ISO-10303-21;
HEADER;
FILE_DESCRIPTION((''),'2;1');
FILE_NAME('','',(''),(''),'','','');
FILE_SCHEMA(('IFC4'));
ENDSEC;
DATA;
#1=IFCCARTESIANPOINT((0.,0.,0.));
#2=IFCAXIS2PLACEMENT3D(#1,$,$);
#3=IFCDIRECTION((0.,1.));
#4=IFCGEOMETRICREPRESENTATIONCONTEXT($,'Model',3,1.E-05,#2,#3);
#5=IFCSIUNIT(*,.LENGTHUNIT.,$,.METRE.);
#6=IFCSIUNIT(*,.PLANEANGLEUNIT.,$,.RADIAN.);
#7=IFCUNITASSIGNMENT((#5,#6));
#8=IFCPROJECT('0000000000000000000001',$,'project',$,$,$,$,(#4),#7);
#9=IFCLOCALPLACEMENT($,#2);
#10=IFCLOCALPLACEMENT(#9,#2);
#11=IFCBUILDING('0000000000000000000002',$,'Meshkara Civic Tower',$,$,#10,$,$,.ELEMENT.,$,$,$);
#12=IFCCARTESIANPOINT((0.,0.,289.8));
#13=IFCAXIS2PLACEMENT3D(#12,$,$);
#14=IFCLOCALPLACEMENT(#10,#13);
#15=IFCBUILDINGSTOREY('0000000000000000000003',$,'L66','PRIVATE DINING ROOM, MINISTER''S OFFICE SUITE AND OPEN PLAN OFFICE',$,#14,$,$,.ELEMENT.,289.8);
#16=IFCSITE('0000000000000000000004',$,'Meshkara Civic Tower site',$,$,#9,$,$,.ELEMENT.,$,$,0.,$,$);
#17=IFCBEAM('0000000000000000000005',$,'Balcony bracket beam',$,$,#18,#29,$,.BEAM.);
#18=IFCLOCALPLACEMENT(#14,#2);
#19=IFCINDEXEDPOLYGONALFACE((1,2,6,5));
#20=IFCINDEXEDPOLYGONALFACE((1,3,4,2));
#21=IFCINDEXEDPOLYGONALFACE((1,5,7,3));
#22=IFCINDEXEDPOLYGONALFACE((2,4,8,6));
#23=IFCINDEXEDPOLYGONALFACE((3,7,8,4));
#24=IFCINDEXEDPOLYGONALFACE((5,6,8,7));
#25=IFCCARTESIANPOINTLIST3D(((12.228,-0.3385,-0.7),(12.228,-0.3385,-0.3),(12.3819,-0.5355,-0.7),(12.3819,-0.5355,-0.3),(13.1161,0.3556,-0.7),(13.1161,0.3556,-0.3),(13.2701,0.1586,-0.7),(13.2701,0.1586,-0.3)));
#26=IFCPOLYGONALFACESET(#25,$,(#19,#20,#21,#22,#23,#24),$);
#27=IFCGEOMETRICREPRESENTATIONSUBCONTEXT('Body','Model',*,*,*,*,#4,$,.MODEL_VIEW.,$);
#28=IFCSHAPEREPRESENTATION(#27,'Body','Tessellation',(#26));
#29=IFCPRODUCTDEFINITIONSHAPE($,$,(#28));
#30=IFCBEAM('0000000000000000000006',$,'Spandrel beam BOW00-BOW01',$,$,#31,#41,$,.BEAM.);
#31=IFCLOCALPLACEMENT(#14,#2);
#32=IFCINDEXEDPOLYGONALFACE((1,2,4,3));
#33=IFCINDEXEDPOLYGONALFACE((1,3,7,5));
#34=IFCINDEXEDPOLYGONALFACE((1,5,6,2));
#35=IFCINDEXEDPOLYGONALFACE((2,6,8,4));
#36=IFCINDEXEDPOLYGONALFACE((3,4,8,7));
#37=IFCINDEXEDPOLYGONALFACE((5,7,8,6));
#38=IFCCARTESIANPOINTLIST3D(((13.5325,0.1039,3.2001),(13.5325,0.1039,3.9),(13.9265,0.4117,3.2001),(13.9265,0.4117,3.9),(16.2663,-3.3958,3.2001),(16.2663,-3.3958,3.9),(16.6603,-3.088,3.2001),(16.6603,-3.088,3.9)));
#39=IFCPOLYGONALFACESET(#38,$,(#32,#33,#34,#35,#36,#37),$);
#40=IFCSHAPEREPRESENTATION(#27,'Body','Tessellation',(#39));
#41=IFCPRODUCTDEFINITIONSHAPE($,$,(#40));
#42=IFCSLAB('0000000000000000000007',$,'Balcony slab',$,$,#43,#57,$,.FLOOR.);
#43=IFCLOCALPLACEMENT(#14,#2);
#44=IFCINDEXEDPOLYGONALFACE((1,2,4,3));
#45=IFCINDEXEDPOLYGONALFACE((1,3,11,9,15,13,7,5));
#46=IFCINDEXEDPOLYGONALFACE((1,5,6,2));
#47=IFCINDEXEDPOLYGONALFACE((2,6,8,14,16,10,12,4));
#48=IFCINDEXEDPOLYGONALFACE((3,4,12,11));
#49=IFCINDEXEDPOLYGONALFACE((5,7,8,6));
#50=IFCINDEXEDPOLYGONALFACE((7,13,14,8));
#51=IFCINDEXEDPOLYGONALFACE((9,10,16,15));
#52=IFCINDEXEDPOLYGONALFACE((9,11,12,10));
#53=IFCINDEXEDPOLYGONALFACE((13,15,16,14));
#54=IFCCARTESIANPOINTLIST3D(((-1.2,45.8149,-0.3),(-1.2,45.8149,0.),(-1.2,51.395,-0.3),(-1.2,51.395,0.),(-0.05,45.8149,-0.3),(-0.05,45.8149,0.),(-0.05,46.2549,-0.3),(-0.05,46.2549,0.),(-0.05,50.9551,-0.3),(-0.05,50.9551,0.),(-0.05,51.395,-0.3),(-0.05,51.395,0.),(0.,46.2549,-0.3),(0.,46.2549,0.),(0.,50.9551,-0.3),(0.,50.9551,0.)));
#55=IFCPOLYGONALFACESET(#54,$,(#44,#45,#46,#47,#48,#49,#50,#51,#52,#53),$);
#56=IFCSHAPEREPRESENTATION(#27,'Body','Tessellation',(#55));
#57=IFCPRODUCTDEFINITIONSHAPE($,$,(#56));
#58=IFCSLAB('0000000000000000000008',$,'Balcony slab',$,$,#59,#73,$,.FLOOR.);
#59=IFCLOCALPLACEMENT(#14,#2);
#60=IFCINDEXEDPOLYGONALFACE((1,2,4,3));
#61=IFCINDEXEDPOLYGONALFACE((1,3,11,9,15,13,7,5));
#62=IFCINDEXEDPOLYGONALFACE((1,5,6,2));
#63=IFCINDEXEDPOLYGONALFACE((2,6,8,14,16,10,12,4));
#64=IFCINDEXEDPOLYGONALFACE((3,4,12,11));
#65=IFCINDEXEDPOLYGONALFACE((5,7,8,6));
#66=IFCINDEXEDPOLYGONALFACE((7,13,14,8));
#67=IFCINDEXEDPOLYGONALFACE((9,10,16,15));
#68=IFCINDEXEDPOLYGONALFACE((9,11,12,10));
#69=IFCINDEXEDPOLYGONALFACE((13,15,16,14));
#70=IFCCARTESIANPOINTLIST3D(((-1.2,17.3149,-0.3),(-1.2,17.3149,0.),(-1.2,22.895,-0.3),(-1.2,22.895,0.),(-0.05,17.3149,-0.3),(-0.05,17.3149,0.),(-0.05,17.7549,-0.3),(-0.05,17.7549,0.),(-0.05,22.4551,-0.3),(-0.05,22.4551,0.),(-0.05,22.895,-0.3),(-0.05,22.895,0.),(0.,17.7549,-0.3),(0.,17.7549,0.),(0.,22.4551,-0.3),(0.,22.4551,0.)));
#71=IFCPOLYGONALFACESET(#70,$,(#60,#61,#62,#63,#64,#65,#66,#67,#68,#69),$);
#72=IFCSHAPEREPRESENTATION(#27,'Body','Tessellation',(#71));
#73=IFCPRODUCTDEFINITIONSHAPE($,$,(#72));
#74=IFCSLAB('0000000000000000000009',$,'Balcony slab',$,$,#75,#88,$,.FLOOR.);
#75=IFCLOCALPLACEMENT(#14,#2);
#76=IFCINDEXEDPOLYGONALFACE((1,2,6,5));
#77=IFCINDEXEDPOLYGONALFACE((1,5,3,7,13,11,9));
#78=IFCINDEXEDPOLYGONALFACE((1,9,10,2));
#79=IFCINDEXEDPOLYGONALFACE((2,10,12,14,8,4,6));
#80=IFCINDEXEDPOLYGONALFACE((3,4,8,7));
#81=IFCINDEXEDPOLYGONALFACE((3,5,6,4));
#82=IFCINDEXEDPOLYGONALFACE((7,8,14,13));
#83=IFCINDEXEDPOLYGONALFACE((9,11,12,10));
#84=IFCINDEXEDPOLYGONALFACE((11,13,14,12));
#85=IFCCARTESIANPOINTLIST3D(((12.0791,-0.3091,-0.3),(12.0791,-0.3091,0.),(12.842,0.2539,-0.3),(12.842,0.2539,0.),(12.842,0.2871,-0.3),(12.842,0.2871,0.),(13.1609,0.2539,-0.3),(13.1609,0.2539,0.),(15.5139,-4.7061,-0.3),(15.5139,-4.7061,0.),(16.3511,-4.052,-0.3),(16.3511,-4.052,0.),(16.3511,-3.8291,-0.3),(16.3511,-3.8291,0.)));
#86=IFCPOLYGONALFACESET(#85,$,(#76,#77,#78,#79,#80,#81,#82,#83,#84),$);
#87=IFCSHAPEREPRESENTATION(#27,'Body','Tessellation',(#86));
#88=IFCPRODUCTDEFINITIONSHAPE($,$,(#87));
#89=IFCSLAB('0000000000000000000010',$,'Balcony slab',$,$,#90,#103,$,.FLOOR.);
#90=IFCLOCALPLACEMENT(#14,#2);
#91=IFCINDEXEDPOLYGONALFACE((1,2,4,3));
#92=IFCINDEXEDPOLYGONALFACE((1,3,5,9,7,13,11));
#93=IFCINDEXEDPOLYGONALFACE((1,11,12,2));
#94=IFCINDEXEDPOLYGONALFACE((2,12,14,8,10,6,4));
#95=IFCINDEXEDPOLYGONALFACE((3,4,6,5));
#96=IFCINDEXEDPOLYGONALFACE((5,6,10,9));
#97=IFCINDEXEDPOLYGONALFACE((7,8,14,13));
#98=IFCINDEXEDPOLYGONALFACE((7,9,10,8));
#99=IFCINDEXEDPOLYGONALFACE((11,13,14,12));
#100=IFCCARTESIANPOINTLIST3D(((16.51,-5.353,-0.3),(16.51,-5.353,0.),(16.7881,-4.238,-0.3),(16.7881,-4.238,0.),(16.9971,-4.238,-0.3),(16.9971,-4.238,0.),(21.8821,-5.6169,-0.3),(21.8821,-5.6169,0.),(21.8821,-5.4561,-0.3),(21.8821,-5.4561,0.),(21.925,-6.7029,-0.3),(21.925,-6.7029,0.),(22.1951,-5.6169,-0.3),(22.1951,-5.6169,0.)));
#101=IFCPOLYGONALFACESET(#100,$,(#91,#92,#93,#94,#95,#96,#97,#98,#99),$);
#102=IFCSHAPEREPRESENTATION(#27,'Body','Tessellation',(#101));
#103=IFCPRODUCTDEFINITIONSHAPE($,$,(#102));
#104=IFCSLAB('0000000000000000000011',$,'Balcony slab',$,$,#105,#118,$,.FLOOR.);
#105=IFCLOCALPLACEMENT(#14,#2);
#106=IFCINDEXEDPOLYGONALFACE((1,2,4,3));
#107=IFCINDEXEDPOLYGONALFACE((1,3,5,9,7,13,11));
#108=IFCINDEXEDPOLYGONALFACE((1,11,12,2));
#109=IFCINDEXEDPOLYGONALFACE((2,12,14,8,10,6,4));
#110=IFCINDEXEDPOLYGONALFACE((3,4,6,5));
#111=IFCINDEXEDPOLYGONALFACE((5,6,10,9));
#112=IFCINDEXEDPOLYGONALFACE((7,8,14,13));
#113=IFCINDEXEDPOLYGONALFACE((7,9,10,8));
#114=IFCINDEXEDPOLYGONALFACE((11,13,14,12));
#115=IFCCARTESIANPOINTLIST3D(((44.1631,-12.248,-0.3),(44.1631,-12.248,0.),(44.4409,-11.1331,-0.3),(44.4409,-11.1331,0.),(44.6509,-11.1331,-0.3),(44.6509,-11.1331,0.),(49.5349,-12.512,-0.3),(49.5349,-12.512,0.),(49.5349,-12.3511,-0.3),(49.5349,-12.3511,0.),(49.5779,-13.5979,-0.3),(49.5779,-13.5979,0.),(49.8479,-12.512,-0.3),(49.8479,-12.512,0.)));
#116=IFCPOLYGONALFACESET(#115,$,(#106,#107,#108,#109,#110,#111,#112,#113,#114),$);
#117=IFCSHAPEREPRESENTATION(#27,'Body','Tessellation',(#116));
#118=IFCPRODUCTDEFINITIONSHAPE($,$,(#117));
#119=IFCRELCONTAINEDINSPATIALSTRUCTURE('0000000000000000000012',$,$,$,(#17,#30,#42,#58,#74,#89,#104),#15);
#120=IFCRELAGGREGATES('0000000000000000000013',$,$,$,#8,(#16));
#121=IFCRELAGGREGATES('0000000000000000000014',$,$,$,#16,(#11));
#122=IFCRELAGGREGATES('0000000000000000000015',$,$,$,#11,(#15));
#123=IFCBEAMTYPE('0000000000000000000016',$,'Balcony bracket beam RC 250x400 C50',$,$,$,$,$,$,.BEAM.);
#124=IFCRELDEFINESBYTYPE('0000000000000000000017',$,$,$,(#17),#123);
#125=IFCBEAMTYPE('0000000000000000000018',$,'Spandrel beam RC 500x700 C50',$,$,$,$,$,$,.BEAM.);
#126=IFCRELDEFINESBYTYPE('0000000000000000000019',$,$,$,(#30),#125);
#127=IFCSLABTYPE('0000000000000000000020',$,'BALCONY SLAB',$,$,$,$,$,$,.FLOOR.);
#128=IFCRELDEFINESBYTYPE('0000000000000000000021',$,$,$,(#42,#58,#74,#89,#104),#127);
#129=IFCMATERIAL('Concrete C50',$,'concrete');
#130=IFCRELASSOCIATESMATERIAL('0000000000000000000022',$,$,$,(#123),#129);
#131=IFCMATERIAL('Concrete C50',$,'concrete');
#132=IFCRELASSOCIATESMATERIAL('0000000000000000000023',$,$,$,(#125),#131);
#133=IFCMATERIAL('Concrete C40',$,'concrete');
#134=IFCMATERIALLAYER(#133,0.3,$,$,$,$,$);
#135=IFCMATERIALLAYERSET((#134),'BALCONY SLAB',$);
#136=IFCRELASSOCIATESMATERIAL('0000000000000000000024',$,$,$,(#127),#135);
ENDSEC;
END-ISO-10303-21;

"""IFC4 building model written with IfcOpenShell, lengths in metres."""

from ifc_helpers import new_model, si_unit, direction, frame, origin, origin_2d, place, context, subcontext, project, spatial, polyline, rectangle, outline, extrude, material, layer, layer_set, material_profile, profile_set, type_object, element, save


model = new_model("IFC4")

# Units and contexts
model_context = context("Model", 3, precision=1e-05, world=origin(), true_north=direction((0.0, 1.0)))
body_context = subcontext(model_context, "Body", "Model", "MODEL_VIEW")
ifc_project = project(units=[si_unit("LENGTHUNIT", "METRE"), si_unit("PLANEANGLEUNIT", "RADIAN")], contexts=[model_context])

# Site, building, storey
site_placement = place(None, origin())
site = spatial("IfcSite", under=ifc_project, at=site_placement, Name="Meshkara Civic Tower site", CompositionType="ELEMENT", RefElevation=0.0)
building_placement = place(site_placement, origin())
building = spatial("IfcBuilding", under=site, at=building_placement, Name="Meshkara Civic Tower", CompositionType="ELEMENT")
storey_placement = place(building_placement, frame((0.0, 0.0, 289.8)))
storey = spatial("IfcBuildingStorey", under=building, at=storey_placement, Name="L66", Description="PRIVATE DINING ROOM, MINISTER'S OFFICE SUITE AND OPEN PLAN OFFICE", CompositionType="ELEMENT", Elevation=289.8)

# Beams
ifc_material_1 = material(Name="Concrete C50", Category="concrete")
ifc_material_profile_1 = material_profile(ifc_material_1, rectangle(XDim=0.25, YDim=0.3999, at=origin_2d()))
ifc_profile_set_1 = profile_set([ifc_material_profile_1], Name="Concrete C50")
beam_type_1 = type_object("IfcBeamType", Name="Balcony bracket beam RC 250x400 C50", PredefinedType="BEAM", material=ifc_profile_set_1)
beam_1_placement = place(storey_placement, frame((13.1931, 0.2571, -0.5), z_axis=(-0.787939, -0.615753, 0.0), x_axis=(0.615753, -0.787939, 0.0)))
element("IfcBeam", 1, at=beam_1_placement, inside=storey, type_object=beam_type_1, Name="Balcony bracket beam", PredefinedType="BEAM", context=body_context, shape_type="SweptSolid", body=[
    extrude(rectangle(XDim=0.25, YDim=0.3999, at=origin_2d()), origin(), (0.0, 0.0, 1.0), 1.1272),
])
ifc_material_2 = material(Name="Concrete C50", Category="concrete")
ifc_material_profile_2 = material_profile(ifc_material_2, rectangle(XDim=0.5, YDim=0.7, at=origin_2d()))
ifc_profile_set_2 = profile_set([ifc_material_profile_2], Name="Concrete C50")
beam_type_2 = type_object("IfcBeamType", Name="Spandrel beam RC 500x700 C50", PredefinedType="BEAM", material=ifc_profile_set_2)
beam_2_placement = place(storey_placement, frame((13.7295, 0.2578, 3.55), z_axis=(0.615602, -0.788057, 0.0), x_axis=(0.788057, 0.615602, 0.0)))
element("IfcBeam", 2, at=beam_2_placement, inside=storey, type_object=beam_type_2, Name="Spandrel beam BOW00-BOW01", PredefinedType="BEAM", context=body_context, shape_type="SweptSolid", body=[
    extrude(rectangle(XDim=0.5, YDim=0.7, at=origin_2d()), origin(), (0.0, 0.0, 1.0), 4.4409),
])

# Slabs
ifc_material_3 = material(Name="Concrete C40", Category="concrete")
ifc_layer_1 = layer(ifc_material_3, 0.3)
ifc_layer_set_1 = layer_set([ifc_layer_1], Name="BALCONY SLAB")
slab_type_1 = type_object("IfcSlabType", Name="BALCONY SLAB", PredefinedType="FLOOR", material=ifc_layer_set_1)
slab_1_placement = place(storey_placement, frame((0.0, 0.0, -0.3)))
element("IfcSlab", 3, at=slab_1_placement, inside=storey, type_object=slab_type_1, Name="Balcony slab", PredefinedType="FLOOR", context=body_context, shape_type="SweptSolid", body=[
    extrude(outline(polyline([(-1.2, 45.8149), (-1.2, 51.395), (-0.05, 51.395), (-0.05, 50.9551), (0.0, 50.9551), (0.0, 46.2549), (-0.05, 46.2549), (-0.05, 45.8149), (-1.2, 45.8149)])), origin(), (0.0, 0.0, 1.0), 0.3),
])
slab_2_placement = place(storey_placement, frame((0.0, 0.0, -0.3)))
element("IfcSlab", 4, at=slab_2_placement, inside=storey, type_object=slab_type_1, Name="Balcony slab", PredefinedType="FLOOR", context=body_context, shape_type="SweptSolid", body=[
    extrude(outline(polyline([(-1.2, 17.3149), (-1.2, 22.895), (-0.05, 22.895), (-0.05, 22.4551), (0.0, 22.4551), (0.0, 17.7549), (-0.05, 17.7549), (-0.05, 17.3149), (-1.2, 17.3149)])), origin(), (0.0, 0.0, 1.0), 0.3),
])
slab_3_placement = place(storey_placement, frame((0.0, 0.0, -0.3)))
element("IfcSlab", 5, at=slab_3_placement, inside=storey, type_object=slab_type_1, Name="Balcony slab", PredefinedType="FLOOR", context=body_context, shape_type="SweptSolid", body=[
    extrude(outline(polyline([(15.5139, -4.7061), (12.0791, -0.3091), (12.842, 0.2871), (12.842, 0.2539), (13.1609, 0.2539), (16.3511, -3.8291), (16.3511, -4.052), (15.5139, -4.7061)])), origin(), (0.0, 0.0, 1.0), 0.3),
])
slab_4_placement = place(storey_placement, frame((0.0, 0.0, -0.3)))
element("IfcSlab", 6, at=slab_4_placement, inside=storey, type_object=slab_type_1, Name="Balcony slab", PredefinedType="FLOOR", context=body_context, shape_type="SweptSolid", body=[
    extrude(outline(polyline([(21.925, -6.7029), (16.51, -5.353), (16.7881, -4.238), (16.9971, -4.238), (21.8821, -5.4561), (21.8821, -5.6169), (22.1951, -5.6169), (21.925, -6.7029)])), origin(), (0.0, 0.0, 1.0), 0.3),
])
slab_5_placement = place(storey_placement, frame((0.0, 0.0, -0.3)))
element("IfcSlab", 7, at=slab_5_placement, inside=storey, type_object=slab_type_1, Name="Balcony slab", PredefinedType="FLOOR", context=body_context, shape_type="SweptSolid", body=[
    extrude(outline(polyline([(49.5779, -13.5979), (44.1631, -12.248), (44.4409, -11.1331), (44.6509, -11.1331), (49.5349, -12.3511), (49.5349, -12.512), (49.8479, -12.512), (49.5779, -13.5979)])), origin(), (0.0, 0.0, 1.0), 0.3),
])

save(model, "model.ifc")
